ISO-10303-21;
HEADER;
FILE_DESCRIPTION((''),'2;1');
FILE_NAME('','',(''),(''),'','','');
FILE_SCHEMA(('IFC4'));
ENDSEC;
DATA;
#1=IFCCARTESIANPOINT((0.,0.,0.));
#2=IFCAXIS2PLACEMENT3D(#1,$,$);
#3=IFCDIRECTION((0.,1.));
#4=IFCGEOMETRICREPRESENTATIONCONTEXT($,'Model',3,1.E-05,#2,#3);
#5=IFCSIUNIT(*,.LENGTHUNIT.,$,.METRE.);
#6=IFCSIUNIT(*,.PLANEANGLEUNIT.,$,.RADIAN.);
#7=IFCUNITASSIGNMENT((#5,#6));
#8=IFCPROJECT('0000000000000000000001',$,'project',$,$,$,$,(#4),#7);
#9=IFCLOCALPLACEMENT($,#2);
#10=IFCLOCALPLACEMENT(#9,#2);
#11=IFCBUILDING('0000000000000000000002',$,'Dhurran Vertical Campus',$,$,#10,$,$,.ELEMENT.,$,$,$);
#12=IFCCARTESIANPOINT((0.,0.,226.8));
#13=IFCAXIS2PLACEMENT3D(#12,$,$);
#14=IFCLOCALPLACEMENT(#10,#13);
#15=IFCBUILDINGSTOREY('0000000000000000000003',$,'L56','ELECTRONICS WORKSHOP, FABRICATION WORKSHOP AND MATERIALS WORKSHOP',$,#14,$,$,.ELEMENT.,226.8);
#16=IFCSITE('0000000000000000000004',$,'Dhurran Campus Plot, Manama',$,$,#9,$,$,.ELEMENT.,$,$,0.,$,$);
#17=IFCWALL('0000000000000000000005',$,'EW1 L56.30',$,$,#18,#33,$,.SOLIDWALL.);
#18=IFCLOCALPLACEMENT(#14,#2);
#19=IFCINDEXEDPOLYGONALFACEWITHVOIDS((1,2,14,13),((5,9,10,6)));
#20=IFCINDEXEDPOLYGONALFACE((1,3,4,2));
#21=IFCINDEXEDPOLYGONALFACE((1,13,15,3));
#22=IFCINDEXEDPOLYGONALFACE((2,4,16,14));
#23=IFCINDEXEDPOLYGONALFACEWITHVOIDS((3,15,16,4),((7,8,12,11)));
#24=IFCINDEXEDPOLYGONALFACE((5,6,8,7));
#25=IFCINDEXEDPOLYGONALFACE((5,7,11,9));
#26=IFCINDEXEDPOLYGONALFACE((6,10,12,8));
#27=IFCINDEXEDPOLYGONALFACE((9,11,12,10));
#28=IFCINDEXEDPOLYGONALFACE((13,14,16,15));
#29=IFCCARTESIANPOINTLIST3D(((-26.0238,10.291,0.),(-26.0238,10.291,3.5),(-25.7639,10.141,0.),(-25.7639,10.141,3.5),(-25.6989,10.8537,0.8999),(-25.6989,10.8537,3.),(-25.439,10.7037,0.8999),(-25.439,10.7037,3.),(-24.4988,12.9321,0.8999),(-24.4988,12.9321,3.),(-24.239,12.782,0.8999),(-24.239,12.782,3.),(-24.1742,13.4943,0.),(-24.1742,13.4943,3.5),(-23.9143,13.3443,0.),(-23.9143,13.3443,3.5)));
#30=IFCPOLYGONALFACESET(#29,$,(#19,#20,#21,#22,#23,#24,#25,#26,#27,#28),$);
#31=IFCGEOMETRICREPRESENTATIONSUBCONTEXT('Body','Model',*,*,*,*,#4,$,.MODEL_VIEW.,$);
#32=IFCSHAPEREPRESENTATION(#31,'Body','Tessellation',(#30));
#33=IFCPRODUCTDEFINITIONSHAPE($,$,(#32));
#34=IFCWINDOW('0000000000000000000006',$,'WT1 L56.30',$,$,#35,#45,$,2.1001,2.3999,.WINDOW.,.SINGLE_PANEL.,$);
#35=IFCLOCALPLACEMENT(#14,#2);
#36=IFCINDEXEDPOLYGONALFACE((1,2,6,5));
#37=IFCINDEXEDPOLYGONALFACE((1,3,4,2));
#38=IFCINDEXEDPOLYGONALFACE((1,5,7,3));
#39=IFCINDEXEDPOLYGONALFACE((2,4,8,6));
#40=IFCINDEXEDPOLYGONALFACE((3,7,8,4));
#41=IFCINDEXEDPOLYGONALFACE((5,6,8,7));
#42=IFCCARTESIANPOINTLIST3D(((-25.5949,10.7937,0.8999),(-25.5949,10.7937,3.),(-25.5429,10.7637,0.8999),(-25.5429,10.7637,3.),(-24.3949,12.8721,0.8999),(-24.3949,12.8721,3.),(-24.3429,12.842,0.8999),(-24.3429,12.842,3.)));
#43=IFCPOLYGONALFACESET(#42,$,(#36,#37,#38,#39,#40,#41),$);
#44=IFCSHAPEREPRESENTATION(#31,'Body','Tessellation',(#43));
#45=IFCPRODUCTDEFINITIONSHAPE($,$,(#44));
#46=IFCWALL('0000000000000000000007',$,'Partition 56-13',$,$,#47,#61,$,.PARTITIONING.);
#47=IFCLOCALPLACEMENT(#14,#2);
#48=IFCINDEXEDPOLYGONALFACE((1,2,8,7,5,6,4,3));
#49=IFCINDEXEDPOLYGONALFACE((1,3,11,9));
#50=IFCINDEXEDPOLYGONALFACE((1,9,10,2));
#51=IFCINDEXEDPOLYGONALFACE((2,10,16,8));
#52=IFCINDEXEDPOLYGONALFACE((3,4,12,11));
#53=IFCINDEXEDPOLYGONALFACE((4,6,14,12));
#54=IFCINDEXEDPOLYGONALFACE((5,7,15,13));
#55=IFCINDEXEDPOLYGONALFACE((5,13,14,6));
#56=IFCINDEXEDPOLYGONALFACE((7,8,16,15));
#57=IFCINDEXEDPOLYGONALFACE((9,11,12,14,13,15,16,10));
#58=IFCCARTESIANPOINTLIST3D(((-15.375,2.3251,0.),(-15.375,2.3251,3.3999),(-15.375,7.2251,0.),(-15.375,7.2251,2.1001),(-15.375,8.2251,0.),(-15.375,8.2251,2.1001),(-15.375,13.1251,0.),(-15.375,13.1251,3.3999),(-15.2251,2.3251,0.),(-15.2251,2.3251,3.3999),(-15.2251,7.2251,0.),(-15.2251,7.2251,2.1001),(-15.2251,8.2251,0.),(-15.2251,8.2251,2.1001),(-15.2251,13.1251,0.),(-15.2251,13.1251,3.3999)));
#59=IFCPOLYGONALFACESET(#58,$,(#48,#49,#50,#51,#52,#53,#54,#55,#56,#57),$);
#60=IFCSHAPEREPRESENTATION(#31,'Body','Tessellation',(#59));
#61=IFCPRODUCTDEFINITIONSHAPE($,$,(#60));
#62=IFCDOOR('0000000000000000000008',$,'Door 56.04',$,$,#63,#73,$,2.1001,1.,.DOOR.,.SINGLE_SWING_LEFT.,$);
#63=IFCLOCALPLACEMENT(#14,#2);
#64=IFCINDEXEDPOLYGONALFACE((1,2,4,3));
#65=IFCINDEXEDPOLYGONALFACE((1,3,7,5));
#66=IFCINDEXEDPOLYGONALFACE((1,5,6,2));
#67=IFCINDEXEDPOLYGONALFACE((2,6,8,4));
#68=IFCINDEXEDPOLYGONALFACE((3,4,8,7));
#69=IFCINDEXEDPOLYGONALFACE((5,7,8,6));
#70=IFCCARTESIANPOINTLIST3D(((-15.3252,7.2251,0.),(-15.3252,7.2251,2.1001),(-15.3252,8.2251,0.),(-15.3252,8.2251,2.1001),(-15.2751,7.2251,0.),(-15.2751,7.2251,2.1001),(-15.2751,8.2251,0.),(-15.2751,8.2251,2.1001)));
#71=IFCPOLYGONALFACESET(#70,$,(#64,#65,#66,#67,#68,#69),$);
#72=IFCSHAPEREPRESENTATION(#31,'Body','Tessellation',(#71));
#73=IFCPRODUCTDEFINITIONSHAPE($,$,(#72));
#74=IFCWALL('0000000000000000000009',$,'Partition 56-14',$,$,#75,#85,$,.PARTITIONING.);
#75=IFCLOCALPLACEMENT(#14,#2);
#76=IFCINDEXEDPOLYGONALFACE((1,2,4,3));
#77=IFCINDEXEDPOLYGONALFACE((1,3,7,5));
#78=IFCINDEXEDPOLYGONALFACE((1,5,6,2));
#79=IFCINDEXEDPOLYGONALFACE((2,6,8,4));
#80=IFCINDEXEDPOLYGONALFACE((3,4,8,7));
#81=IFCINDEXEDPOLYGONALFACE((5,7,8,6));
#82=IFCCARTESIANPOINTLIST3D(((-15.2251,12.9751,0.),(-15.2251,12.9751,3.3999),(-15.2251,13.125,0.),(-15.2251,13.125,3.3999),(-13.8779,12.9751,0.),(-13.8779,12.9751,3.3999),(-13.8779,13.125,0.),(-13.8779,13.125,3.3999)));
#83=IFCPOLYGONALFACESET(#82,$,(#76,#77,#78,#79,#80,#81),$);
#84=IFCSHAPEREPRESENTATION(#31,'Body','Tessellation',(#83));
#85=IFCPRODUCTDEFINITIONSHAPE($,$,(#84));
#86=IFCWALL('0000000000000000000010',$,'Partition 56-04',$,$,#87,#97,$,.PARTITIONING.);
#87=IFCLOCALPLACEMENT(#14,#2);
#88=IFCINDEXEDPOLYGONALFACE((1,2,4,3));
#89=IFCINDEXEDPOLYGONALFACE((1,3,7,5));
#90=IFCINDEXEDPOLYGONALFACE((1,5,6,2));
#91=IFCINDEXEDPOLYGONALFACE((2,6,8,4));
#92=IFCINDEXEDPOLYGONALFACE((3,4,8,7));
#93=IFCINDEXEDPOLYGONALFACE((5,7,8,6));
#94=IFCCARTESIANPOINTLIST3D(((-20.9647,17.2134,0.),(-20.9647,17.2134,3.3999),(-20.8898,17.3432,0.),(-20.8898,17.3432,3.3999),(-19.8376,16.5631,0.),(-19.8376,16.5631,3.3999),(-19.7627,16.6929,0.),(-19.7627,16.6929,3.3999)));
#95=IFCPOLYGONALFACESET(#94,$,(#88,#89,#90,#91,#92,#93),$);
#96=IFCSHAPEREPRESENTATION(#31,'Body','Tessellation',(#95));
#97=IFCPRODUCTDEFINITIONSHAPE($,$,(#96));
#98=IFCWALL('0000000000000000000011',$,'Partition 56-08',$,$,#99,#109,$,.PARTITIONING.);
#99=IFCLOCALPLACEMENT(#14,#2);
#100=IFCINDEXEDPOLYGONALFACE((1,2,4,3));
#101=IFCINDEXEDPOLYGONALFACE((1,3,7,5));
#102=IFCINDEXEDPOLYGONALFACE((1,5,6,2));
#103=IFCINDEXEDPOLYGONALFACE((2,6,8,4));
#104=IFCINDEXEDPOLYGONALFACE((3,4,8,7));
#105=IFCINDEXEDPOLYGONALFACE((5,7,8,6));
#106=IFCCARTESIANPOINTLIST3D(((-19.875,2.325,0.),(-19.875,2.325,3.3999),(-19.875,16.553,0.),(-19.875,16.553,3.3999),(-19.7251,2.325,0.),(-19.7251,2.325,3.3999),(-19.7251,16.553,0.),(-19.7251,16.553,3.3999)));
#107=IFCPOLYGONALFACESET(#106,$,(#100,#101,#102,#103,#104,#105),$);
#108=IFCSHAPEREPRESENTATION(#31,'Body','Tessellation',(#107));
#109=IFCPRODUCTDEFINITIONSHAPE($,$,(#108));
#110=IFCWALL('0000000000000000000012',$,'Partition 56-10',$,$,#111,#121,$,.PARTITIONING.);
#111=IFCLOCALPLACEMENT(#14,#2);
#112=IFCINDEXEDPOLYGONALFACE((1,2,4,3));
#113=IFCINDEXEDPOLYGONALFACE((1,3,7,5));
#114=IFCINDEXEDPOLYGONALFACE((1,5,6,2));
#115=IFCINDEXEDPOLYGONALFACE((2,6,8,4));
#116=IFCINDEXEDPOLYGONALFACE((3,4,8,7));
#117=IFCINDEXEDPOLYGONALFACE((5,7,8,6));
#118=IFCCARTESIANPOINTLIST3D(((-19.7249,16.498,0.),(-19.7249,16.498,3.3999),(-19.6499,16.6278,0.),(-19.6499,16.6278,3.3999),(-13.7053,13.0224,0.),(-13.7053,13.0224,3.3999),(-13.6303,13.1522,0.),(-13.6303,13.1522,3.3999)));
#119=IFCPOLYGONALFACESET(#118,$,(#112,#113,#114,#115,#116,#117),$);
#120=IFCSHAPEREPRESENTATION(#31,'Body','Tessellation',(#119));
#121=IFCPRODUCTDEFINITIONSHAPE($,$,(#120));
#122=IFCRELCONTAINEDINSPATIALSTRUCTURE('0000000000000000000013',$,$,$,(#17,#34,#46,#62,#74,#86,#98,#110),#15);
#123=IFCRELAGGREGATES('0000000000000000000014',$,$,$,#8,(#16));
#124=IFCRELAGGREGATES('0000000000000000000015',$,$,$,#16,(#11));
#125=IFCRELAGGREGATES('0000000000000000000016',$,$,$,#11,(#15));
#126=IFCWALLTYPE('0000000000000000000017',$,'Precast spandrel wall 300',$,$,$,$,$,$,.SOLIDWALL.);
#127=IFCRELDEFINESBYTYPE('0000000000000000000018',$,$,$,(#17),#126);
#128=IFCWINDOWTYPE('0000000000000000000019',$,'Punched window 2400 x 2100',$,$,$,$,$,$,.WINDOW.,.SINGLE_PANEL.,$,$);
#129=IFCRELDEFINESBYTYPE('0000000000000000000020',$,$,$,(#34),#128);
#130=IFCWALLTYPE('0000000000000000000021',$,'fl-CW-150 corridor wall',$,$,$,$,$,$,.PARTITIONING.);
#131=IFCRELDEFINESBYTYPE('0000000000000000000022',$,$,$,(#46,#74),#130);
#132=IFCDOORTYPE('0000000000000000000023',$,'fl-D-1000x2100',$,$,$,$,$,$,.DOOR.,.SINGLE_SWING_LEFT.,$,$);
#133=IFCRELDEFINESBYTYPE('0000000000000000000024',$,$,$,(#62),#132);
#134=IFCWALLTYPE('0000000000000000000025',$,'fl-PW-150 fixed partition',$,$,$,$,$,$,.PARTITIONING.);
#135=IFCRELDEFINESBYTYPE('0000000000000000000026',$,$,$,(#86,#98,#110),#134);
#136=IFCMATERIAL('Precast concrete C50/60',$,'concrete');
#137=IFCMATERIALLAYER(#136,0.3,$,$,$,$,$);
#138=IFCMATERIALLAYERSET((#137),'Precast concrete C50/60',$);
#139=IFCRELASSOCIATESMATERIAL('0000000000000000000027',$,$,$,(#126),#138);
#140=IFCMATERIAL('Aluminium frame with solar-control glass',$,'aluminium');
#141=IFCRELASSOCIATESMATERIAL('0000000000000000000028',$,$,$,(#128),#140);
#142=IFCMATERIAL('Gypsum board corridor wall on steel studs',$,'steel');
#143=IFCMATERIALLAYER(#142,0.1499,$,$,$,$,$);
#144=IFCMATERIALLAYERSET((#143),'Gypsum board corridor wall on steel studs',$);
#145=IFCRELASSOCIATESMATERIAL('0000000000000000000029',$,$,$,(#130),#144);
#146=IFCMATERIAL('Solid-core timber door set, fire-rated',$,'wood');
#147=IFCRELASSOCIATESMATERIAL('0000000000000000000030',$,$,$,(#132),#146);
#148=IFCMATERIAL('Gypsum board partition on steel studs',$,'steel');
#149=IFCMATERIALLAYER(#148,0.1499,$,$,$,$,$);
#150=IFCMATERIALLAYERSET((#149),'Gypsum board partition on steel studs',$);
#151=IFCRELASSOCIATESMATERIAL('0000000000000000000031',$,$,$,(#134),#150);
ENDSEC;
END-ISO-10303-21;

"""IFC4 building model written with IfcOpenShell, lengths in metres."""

from ifc_helpers import new_model, si_unit, direction, frame, frame_2d, origin, place, context, subcontext, project, spatial, rectangle, extrude, material, layer, layer_set, type_object, element, fill, save


model = new_model("IFC4")

# Units and contexts
model_context = context("Model", 3, precision=1e-05, world=origin(), true_north=direction((0.0, 1.0)))
body_context = subcontext(model_context, "Body", "Model", "MODEL_VIEW")
ifc_project = project(units=[si_unit("LENGTHUNIT", "METRE"), si_unit("PLANEANGLEUNIT", "RADIAN")], contexts=[model_context])

# Site, building, storey
site_placement = place(None, origin())
site = spatial("IfcSite", under=ifc_project, at=site_placement, Name="Dhurran Campus Plot, Manama", CompositionType="ELEMENT", RefElevation=0.0)
building_placement = place(site_placement, origin())
building = spatial("IfcBuilding", under=site, at=building_placement, Name="Dhurran Vertical Campus", CompositionType="ELEMENT")
storey_placement = place(building_placement, frame((0.0, 0.0, 226.8)))
storey = spatial("IfcBuildingStorey", under=building, at=storey_placement, Name="L56", Description="ELECTRONICS WORKSHOP, FABRICATION WORKSHOP AND MATERIALS WORKSHOP", CompositionType="ELEMENT", Elevation=226.8)

# Wall, opening, window
ifc_material_1 = material(Name="Precast concrete C50/60", Category="concrete")
ifc_layer_1 = layer(ifc_material_1, 0.3)
ifc_layer_set_1 = layer_set([ifc_layer_1], Name="Precast concrete C50/60")
wall_type_1 = type_object("IfcWallType", Name="Precast spandrel wall 300", PredefinedType="SOLIDWALL", material=ifc_layer_set_1)
ifc_material_2 = material(Name="Aluminium frame with solar-control glass", Category="aluminium")
window_type = type_object("IfcWindowType", Name="Punched window 2400 x 2100", PartitioningType="SINGLE_PANEL", PredefinedType="WINDOW", material=ifc_material_2)
wall_1_placement = place(storey_placement, frame((-24.0442, 13.4194, 0.0), z_axis=(0.0, 0.0, 1.0), x_axis=(-0.500029, -0.866009, 0.0)))
wall_1 = element("IfcWall", 1, at=wall_1_placement, inside=storey, type_object=wall_type_1, Name="EW1 L56.30", PredefinedType="SOLIDWALL", context=body_context, shape_type="SweptSolid", body=[
    extrude(rectangle(XDim=3.699, YDim=0.3, at=frame_2d((1.8496, 0.0))), origin(), (0.0, 0.0, 1.0), 3.5),
])
opening_1_placement = place(wall_1_placement, frame((0.6494, 0.0, 0.8999)))
opening_1 = element("IfcOpeningElement", 2, at=opening_1_placement, cuts=wall_1, PredefinedType="OPENING", context=body_context, shape_type="SweptSolid", body=[
    extrude(rectangle(XDim=2.3999, YDim=2.1001, at=frame_2d((1.2, 1.05))), frame((0.0, 0.1599, 0.0), z_axis=(0.0, -1.0, 0.0), x_axis=(1.0, 0.0, 0.0)), (0.0, 0.0, 1.0), 0.3201),
])
window_1_placement = place(opening_1_placement, origin())
window_1 = element("IfcWindow", 3, at=window_1_placement, inside=storey, type_object=window_type, Name="WT1 L56.30", OverallHeight=2.1001, OverallWidth=2.3999, PartitioningType="SINGLE_PANEL", PredefinedType="WINDOW", context=body_context, shape_type="SweptSolid", body=[
    extrude(rectangle(XDim=2.3999, YDim=2.1001, at=frame_2d((1.2, 1.05))), frame((0.0, 0.03, 0.0), z_axis=(0.0, -1.0, 0.0), x_axis=(1.0, 0.0, 0.0)), (0.0, 0.0, 1.0), 0.0601),
])
fill(opening_1, window_1)

# Wall, opening, door
ifc_material_3 = material(Name="Gypsum board corridor wall on steel studs", Category="steel")
ifc_layer_2 = layer(ifc_material_3, 0.1499)
ifc_layer_set_2 = layer_set([ifc_layer_2], Name="Gypsum board corridor wall on steel studs")
wall_type_2 = type_object("IfcWallType", Name="fl-CW-150 corridor wall", PredefinedType="PARTITIONING", material=ifc_layer_set_2)
wall_2_placement = place(storey_placement, frame((-15.3, 13.125, 0.0), z_axis=(0.0, 0.0, 1.0), x_axis=(0.0, -1.0, 0.0)))
wall_2 = element("IfcWall", 4, at=wall_2_placement, inside=storey, type_object=wall_type_2, Name="Partition 56-13", PredefinedType="PARTITIONING", context=body_context, shape_type="SweptSolid", body=[
    extrude(rectangle(XDim=10.8, YDim=0.1499, at=frame_2d((5.3999, 0.0))), origin(), (0.0, 0.0, 1.0), 3.3999),
])
opening_2_placement = place(wall_2_placement, frame((4.8999, 0.0, 0.0)))
opening_2 = element("IfcOpeningElement", 5, at=opening_2_placement, cuts=wall_2, PredefinedType="OPENING", context=body_context, shape_type="SweptSolid", body=[
    extrude(rectangle(XDim=1.0, YDim=2.1001, at=frame_2d((0.5, 1.05))), frame((0.0, 0.085, 0.0), z_axis=(0.0, -1.0, 0.0), x_axis=(1.0, 0.0, 0.0)), (0.0, 0.0, 1.0), 0.1699),
])
ifc_material_4 = material(Name="Solid-core timber door set, fire-rated", Category="wood")
door_type = type_object("IfcDoorType", Name="fl-D-1000x2100", OperationType="SINGLE_SWING_LEFT", PredefinedType="DOOR", material=ifc_material_4)
door_placement = place(opening_2_placement, origin())
door = element("IfcDoor", 6, at=door_placement, inside=storey, type_object=door_type, Name="Door 56.04", OperationType="SINGLE_SWING_LEFT", OverallHeight=2.1001, OverallWidth=1.0, PredefinedType="DOOR", context=body_context, shape_type="SweptSolid", body=[
    extrude(rectangle(XDim=1.0, YDim=2.1001, at=frame_2d((0.5, 1.05))), frame((0.0, 0.0249, 0.0), z_axis=(0.0, -1.0, 0.0), x_axis=(1.0, 0.0, 0.0)), (0.0, 0.0, 1.0), 0.05),
])
fill(opening_2, door)

# Walls
wall_3_placement = place(storey_placement, frame((-13.8779, 13.05, 0.0), z_axis=(0.0, 0.0, 1.0), x_axis=(-1.0, 0.0, 0.0)))
element("IfcWall", 7, at=wall_3_placement, inside=storey, type_object=wall_type_2, Name="Partition 56-14", PredefinedType="PARTITIONING", context=body_context, shape_type="SweptSolid", body=[
    extrude(rectangle(XDim=1.3472, YDim=0.1499, at=frame_2d((0.6736, 0.0))), origin(), (0.0, 0.0, 1.0), 3.3999),
])
ifc_material_5 = material(Name="Gypsum board partition on steel studs", Category="steel")
ifc_layer_3 = layer(ifc_material_5, 0.1499)
ifc_layer_set_3 = layer_set([ifc_layer_3], Name="Gypsum board partition on steel studs")
wall_type_3 = type_object("IfcWallType", Name="fl-PW-150 fixed partition", PredefinedType="PARTITIONING", material=ifc_layer_set_3)
wall_4_placement = place(storey_placement, frame((-20.9272, 17.2783, 0.0), z_axis=(0.0, 0.0, 1.0), x_axis=(0.866157, -0.499771, 0.0)))
element("IfcWall", 8, at=wall_4_placement, inside=storey, type_object=wall_type_3, Name="Partition 56-04", PredefinedType="PARTITIONING", context=body_context, shape_type="SweptSolid", body=[
    extrude(rectangle(XDim=1.3013, YDim=0.1499, at=frame_2d((0.6506, 0.0))), origin(), (0.0, 0.0, 1.0), 3.3999),
])
wall_5_placement = place(storey_placement, frame((-19.8, 16.553, 0.0), z_axis=(0.0, 0.0, 1.0), x_axis=(0.0, -1.0, 0.0)))
element("IfcWall", 9, at=wall_5_placement, inside=storey, type_object=wall_type_3, Name="Partition 56-08", PredefinedType="PARTITIONING", context=body_context, shape_type="SweptSolid", body=[
    extrude(rectangle(XDim=14.228, YDim=0.1499, at=frame_2d((7.114, 0.0))), origin(), (0.0, 0.0, 1.0), 3.3999),
])
wall_6_placement = place(storey_placement, frame((-19.6875, 16.563, 0.0), z_axis=(0.0, 0.0, 1.0), x_axis=(0.866012, -0.500022, 0.0)))
element("IfcWall", 10, at=wall_6_placement, inside=storey, type_object=wall_type_3, Name="Partition 56-10", PredefinedType="PARTITIONING", context=body_context, shape_type="SweptSolid", body=[
    extrude(rectangle(XDim=6.9509, YDim=0.1499, at=frame_2d((3.4756, 0.0))), origin(), (0.0, 0.0, 1.0), 3.3999),
])

save(model, "model.ifc")
